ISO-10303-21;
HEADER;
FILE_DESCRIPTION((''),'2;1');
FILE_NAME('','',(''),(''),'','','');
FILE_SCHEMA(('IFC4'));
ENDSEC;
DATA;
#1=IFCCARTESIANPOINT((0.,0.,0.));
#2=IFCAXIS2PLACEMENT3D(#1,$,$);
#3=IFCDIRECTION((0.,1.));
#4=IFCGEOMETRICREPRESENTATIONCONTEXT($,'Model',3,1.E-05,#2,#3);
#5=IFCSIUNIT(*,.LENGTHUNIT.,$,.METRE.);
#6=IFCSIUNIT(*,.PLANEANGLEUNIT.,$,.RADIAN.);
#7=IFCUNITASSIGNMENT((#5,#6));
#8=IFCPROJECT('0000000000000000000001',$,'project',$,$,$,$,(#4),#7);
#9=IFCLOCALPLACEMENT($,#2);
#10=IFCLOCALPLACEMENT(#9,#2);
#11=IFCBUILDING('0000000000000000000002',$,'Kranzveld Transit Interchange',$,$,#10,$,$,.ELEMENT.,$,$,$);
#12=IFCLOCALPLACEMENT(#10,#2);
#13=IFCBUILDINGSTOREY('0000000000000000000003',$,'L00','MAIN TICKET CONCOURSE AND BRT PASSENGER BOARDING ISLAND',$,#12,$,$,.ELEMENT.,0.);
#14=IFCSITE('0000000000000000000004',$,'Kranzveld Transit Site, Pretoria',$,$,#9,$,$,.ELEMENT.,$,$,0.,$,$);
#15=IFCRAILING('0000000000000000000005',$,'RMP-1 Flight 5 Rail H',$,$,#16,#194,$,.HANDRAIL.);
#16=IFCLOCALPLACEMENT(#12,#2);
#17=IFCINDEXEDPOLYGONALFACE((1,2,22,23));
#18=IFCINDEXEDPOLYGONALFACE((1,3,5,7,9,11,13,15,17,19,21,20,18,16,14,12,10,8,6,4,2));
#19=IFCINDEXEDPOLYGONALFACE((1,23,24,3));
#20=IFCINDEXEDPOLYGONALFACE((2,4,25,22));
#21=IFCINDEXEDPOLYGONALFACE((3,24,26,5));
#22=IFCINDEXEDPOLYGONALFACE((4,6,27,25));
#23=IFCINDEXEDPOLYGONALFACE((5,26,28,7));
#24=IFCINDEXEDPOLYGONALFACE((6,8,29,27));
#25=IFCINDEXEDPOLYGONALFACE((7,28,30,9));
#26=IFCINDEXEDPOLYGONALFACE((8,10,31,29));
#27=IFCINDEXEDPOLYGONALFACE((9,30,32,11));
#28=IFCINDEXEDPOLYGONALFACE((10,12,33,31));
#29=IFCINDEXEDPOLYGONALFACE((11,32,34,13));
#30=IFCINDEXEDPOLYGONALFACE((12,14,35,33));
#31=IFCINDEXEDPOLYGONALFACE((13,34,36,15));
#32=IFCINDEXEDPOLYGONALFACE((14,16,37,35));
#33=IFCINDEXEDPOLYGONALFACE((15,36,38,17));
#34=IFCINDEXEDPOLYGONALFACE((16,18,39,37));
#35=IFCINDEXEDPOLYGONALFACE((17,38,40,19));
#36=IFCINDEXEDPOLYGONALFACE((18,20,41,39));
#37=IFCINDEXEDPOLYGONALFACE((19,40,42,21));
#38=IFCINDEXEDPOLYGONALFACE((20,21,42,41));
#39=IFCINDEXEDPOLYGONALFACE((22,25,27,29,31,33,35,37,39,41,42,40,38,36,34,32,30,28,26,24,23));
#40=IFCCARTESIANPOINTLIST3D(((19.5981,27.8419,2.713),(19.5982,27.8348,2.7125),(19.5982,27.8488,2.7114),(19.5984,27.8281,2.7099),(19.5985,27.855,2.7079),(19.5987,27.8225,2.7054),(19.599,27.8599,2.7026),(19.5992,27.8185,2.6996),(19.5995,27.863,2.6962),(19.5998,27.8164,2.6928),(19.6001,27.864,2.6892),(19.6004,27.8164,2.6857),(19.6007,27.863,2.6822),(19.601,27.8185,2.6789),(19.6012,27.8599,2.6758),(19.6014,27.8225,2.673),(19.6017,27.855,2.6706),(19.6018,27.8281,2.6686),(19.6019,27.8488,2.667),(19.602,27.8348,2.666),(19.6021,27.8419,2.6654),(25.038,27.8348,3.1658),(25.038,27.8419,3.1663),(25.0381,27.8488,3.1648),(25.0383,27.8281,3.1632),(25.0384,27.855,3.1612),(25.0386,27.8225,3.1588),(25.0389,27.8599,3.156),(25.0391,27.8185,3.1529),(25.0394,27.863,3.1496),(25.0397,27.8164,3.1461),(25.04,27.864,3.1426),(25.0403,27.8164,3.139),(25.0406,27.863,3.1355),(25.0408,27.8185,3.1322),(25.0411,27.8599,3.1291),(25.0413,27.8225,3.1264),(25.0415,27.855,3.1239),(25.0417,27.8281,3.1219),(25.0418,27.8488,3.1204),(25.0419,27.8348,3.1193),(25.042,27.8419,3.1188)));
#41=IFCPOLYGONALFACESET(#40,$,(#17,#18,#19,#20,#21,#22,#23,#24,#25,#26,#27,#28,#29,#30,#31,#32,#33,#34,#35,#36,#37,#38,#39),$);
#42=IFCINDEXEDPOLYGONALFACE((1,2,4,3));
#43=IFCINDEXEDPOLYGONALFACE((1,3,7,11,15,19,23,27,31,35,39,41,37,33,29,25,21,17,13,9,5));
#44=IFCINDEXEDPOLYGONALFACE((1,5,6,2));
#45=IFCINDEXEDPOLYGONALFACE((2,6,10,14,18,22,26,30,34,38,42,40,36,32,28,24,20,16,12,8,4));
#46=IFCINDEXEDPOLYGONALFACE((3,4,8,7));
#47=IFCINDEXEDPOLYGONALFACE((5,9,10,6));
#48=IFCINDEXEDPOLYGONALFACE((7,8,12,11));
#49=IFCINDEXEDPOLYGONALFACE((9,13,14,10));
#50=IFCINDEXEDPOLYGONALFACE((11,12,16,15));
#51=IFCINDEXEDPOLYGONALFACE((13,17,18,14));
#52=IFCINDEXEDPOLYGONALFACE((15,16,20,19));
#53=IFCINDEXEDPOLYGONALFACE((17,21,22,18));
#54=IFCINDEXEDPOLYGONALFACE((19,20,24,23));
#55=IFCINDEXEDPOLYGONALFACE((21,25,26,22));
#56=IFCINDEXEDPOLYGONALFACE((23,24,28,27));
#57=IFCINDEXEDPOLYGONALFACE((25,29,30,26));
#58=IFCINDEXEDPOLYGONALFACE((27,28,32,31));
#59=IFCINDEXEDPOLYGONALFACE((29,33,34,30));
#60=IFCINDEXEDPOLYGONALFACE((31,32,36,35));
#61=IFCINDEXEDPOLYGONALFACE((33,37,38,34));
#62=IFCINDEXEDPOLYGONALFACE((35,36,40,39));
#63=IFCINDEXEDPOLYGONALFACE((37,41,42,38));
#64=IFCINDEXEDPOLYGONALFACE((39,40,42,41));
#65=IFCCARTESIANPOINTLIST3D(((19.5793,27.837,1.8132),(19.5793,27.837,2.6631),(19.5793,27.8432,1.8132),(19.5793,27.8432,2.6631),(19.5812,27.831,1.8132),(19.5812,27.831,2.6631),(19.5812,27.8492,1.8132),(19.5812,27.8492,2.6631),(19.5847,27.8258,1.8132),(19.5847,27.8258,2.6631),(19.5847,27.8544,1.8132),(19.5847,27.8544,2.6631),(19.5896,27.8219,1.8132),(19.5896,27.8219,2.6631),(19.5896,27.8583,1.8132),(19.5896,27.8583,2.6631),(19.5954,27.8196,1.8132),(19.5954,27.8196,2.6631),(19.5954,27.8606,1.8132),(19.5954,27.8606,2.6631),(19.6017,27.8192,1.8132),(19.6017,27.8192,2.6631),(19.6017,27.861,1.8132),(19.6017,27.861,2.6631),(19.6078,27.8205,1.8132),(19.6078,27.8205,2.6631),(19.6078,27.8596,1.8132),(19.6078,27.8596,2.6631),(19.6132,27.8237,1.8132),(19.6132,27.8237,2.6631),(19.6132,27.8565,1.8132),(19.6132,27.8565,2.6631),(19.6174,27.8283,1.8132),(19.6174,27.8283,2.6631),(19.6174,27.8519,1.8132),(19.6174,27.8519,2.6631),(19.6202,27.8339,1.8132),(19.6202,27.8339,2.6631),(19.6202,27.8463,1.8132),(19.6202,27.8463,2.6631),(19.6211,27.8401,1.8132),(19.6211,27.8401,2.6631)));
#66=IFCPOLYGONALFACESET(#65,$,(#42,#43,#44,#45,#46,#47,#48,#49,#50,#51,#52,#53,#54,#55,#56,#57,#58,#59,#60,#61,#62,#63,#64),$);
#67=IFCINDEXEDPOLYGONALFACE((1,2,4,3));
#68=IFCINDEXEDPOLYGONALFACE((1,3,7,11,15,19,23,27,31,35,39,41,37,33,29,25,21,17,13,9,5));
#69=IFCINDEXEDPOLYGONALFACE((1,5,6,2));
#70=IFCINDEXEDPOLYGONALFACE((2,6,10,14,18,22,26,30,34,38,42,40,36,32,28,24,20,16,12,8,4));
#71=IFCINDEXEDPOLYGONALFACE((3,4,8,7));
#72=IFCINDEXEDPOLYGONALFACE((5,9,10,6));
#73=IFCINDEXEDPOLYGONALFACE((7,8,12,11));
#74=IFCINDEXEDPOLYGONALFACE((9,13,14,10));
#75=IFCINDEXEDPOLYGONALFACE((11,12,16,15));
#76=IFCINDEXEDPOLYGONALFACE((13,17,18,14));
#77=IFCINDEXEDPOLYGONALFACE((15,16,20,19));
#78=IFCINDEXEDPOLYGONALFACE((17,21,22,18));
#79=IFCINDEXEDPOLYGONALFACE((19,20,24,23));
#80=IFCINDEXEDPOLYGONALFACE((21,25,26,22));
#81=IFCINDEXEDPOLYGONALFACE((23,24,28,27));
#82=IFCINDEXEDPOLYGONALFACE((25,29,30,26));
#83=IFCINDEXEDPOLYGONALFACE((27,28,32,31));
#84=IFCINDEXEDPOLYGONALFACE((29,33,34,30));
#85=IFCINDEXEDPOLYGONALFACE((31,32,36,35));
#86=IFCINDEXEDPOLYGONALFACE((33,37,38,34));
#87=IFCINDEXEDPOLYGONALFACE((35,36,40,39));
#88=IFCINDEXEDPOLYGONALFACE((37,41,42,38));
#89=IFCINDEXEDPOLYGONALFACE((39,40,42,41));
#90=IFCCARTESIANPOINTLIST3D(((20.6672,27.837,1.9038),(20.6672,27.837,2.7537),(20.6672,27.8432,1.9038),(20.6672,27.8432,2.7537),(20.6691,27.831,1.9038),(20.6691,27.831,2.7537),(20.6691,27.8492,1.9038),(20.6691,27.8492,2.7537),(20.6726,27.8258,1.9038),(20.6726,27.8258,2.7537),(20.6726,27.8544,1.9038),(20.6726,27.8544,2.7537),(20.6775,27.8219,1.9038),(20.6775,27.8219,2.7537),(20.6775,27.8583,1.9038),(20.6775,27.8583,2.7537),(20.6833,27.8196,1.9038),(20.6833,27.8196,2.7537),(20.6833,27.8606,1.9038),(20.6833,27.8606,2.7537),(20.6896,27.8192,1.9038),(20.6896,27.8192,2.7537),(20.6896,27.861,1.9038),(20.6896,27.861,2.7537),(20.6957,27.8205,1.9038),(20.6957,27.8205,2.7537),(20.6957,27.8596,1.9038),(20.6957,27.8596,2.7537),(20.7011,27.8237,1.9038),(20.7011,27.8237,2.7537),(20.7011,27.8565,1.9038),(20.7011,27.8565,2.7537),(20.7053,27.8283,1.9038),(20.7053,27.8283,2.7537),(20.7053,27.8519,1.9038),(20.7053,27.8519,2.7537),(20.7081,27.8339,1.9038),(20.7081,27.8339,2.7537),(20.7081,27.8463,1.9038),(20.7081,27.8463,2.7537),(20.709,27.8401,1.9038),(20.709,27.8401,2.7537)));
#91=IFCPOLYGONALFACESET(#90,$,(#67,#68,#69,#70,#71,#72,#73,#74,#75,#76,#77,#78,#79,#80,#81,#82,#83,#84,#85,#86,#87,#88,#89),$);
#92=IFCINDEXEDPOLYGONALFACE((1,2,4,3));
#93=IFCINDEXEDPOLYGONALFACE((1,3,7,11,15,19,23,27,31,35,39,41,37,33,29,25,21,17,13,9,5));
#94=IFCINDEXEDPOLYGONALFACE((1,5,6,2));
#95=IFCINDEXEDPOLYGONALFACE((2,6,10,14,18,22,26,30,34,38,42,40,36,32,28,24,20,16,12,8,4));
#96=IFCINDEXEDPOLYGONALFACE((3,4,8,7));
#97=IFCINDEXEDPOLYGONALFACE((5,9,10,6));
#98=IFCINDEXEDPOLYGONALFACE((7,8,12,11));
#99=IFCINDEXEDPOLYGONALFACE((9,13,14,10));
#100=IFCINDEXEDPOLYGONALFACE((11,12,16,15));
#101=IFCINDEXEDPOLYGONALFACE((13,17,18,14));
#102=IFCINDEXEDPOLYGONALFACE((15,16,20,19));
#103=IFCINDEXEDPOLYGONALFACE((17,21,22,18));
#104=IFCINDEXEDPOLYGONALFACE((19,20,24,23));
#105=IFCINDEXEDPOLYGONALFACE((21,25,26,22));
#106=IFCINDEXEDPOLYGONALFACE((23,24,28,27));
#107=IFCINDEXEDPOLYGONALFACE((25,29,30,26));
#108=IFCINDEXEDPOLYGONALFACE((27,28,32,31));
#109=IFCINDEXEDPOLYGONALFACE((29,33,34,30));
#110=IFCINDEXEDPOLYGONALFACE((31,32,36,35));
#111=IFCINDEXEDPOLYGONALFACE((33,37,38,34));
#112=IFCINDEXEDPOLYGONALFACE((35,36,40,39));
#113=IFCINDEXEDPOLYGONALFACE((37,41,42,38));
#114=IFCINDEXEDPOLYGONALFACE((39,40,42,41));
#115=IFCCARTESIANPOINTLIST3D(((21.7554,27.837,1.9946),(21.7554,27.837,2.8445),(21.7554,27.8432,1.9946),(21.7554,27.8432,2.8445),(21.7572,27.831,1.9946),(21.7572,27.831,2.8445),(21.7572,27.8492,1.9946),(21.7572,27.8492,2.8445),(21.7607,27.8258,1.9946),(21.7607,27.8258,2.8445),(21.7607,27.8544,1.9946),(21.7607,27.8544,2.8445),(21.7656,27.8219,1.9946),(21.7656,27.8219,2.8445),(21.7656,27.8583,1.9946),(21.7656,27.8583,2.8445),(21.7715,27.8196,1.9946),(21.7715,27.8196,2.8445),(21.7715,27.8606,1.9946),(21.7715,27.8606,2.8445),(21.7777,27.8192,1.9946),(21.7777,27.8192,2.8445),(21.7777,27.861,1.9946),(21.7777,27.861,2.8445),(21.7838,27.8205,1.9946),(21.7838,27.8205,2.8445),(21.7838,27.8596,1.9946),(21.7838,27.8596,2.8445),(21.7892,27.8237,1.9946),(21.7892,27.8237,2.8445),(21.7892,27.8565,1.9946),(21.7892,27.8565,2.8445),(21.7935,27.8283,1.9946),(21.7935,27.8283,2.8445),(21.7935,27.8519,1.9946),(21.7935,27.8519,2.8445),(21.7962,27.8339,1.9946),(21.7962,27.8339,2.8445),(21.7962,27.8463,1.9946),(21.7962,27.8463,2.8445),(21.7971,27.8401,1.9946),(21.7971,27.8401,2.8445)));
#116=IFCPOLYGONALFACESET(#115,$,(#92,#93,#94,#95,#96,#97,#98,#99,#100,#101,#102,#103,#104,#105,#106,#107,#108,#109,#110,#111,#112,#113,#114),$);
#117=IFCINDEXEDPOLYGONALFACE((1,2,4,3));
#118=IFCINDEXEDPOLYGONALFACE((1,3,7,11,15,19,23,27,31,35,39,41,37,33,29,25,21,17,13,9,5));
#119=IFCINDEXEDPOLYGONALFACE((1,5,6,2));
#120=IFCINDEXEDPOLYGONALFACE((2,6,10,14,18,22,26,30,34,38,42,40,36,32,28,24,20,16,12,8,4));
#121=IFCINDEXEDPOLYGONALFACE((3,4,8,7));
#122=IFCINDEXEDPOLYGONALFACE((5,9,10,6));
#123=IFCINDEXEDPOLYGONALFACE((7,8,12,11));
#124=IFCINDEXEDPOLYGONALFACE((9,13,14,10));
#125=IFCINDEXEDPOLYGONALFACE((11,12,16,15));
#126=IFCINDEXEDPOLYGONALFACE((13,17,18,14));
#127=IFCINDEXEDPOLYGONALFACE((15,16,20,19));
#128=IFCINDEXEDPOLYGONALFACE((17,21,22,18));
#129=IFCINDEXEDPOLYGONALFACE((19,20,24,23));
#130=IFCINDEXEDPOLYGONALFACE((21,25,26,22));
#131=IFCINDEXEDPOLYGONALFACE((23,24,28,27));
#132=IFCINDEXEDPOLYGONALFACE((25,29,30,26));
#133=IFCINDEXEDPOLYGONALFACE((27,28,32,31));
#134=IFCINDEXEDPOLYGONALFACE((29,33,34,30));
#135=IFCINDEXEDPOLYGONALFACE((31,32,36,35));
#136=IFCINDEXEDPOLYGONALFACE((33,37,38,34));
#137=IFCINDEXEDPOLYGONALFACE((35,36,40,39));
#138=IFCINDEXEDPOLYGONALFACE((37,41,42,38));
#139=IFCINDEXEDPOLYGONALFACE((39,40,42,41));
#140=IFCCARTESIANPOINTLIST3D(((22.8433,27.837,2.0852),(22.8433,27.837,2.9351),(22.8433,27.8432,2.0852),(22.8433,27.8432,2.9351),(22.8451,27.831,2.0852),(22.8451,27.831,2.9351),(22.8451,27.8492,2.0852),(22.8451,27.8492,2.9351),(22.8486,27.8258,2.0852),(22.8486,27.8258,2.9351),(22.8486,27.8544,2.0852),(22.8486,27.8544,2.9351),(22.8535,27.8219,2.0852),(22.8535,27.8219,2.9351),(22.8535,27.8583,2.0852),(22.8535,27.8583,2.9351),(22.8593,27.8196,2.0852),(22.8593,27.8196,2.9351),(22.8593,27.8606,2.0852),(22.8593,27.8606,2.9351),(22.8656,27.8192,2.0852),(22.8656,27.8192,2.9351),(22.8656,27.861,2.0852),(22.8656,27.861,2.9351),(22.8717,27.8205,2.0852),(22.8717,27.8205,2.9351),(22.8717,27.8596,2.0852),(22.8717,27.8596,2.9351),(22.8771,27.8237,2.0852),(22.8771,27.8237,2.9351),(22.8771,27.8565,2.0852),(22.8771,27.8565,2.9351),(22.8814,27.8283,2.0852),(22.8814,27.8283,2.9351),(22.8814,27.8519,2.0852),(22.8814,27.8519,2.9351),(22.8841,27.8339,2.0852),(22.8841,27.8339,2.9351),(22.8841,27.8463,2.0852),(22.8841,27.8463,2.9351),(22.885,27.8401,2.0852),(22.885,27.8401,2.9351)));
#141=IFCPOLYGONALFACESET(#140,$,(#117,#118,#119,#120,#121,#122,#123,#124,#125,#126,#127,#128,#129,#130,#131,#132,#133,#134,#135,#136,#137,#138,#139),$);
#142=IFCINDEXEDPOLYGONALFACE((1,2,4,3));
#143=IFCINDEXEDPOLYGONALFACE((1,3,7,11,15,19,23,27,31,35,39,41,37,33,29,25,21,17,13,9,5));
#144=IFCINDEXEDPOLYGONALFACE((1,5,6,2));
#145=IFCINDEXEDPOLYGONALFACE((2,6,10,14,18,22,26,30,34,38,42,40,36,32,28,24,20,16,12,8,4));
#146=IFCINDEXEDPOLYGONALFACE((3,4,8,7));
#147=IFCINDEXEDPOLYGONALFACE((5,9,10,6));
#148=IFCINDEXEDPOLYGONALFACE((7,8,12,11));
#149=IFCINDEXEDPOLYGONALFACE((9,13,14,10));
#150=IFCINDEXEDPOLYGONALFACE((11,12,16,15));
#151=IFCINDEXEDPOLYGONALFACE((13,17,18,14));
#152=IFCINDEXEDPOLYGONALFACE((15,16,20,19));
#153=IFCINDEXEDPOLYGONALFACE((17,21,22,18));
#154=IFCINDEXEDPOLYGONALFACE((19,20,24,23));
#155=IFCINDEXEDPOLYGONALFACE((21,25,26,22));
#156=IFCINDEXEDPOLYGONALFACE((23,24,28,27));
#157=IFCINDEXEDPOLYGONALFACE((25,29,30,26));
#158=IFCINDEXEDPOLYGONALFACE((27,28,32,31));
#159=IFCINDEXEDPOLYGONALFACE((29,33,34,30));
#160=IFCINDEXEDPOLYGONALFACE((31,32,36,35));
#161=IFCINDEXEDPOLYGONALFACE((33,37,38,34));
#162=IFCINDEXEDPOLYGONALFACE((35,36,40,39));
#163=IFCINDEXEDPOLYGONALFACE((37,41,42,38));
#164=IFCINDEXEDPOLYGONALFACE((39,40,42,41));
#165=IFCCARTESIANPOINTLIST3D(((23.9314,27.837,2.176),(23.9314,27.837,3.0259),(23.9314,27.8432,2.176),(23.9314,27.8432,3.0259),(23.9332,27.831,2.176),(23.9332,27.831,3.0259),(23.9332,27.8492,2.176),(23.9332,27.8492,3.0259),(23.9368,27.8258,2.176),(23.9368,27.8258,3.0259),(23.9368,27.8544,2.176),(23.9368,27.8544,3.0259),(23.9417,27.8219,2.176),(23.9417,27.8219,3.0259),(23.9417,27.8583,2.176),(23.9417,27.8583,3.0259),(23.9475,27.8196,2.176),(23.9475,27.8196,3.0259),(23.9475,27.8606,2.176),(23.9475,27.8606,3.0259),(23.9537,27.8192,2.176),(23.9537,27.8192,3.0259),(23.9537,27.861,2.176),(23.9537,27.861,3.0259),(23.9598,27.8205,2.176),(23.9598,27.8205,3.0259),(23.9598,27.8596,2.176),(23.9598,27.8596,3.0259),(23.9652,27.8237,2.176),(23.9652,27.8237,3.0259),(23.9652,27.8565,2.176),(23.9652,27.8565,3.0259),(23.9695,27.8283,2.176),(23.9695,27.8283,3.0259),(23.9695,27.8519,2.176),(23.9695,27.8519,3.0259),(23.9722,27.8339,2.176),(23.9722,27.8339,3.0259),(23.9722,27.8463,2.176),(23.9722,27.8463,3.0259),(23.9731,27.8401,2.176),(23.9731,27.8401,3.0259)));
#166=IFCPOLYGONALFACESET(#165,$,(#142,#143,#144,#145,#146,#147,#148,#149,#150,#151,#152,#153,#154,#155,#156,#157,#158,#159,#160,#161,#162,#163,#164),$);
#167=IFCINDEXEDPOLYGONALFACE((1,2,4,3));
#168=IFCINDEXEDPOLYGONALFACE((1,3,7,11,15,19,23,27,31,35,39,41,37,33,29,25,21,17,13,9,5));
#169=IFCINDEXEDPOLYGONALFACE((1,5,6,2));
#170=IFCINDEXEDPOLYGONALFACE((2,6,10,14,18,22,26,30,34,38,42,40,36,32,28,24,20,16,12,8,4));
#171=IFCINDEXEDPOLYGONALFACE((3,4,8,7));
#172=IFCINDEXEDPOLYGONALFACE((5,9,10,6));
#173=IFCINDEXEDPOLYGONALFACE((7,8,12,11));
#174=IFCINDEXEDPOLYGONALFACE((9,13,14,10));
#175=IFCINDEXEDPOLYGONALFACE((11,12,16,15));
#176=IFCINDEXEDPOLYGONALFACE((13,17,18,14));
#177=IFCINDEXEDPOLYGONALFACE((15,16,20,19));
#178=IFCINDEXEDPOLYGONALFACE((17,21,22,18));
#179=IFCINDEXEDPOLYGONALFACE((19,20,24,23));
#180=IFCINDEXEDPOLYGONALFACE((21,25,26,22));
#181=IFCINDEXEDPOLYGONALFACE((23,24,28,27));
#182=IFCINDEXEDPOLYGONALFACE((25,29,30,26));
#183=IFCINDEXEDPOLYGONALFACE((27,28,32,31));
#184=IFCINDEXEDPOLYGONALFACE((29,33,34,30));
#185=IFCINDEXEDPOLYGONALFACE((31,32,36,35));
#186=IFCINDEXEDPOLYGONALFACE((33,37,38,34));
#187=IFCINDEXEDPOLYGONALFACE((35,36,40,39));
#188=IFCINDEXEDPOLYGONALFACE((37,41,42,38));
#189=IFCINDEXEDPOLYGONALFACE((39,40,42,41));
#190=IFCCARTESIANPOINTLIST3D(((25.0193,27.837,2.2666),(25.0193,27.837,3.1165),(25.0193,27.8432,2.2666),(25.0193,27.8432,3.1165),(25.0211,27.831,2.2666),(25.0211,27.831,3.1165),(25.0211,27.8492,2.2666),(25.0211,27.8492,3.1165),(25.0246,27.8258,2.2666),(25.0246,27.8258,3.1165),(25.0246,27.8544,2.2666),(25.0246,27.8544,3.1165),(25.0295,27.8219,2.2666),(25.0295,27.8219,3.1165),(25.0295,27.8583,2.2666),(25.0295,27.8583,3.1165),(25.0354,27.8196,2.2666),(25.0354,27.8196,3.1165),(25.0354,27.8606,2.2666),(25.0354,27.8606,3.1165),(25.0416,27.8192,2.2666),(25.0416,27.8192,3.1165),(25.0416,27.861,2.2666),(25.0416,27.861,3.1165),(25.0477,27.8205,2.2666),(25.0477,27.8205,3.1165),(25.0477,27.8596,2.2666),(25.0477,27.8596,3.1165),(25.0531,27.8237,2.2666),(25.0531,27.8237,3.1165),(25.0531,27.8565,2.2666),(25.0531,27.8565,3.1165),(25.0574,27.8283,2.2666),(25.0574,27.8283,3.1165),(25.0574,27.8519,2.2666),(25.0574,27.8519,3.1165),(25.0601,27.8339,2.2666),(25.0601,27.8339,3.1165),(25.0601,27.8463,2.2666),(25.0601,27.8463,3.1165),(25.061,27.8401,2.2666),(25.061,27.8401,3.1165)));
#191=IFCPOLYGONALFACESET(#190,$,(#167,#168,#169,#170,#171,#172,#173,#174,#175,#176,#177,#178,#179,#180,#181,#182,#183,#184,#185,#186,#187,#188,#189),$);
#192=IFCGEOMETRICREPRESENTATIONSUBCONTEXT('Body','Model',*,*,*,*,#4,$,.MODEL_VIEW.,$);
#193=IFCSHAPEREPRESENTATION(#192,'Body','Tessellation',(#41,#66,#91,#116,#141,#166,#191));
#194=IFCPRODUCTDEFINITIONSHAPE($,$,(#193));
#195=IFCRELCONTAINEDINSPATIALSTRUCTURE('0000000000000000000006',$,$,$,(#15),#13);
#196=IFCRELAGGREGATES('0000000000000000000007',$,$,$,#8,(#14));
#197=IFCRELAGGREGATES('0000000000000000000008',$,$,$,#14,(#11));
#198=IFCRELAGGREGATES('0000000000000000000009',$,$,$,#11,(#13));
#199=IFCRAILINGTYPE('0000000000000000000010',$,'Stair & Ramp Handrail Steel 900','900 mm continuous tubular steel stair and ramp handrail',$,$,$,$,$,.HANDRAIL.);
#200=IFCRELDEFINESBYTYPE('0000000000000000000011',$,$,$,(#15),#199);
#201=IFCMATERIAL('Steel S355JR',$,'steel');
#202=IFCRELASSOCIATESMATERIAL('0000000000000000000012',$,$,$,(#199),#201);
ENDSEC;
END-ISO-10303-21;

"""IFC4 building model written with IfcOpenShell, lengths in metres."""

from ifc_helpers import new_model, si_unit, direction, frame, origin, origin_2d, place, context, subcontext, project, spatial, circle, extrude, material, type_object, element, save


model = new_model("IFC4")

# Units and contexts
model_context = context("Model", 3, precision=1e-05, world=origin(), true_north=direction((0.0, 1.0)))
body_context = subcontext(model_context, "Body", "Model", "MODEL_VIEW")
ifc_project = project(units=[si_unit("LENGTHUNIT", "METRE"), si_unit("PLANEANGLEUNIT", "RADIAN")], contexts=[model_context])

# Site, building, storey
site_placement = place(None, origin())
site = spatial("IfcSite", under=ifc_project, at=site_placement, Name="Kranzveld Transit Site, Pretoria", CompositionType="ELEMENT", RefElevation=0.0)
building_placement = place(site_placement, origin())
building = spatial("IfcBuilding", under=site, at=building_placement, Name="Kranzveld Transit Interchange", CompositionType="ELEMENT")
storey_placement = place(building_placement, origin())
storey = spatial("IfcBuildingStorey", under=building, at=storey_placement, Name="L00", Description="MAIN TICKET CONCOURSE AND BRT PASSENGER BOARDING ISLAND", CompositionType="ELEMENT", Elevation=0.0)

# Railing
ifc_material_1 = material(Name="Steel S355JR", Category="steel")
railing_type_1 = type_object("IfcRailingType", Name="Stair & Ramp Handrail Steel 900", Description="900 mm continuous tubular steel stair and ramp handrail", PredefinedType="HANDRAIL", material=ifc_material_1)
for number, where, name in (
    (1, (19.6001, 27.8401, 1.8132), "RMP-1 Flight 5 Rail H"),
):
    element("IfcRailing", number, at=place(storey_placement, frame(where)), inside=storey, type_object=railing_type_1, Name=name, PredefinedType="HANDRAIL", context=body_context, shape_type="SweptSolid", body=[
        extrude(circle(Radius=0.0239, at=origin_2d()), frame((0.0, 0.0, 0.876), z_axis=(0.996545, 0.0, 0.083053), x_axis=(0.0, 1.0, 0.0)), (0.0, 0.0, 1.0), 5.4587),
        extrude(circle(Radius=0.021, at=origin_2d()), origin(), (0.0, 0.0, 1.0), 0.8499),
        extrude(circle(Radius=0.021, at=origin_2d()), frame((1.0879, 0.0, 0.0906)), (0.0, 0.0, 1.0), 0.8499),
        extrude(circle(Radius=0.021, at=origin_2d()), frame((2.176, 0.0, 0.1814)), (0.0, 0.0, 1.0), 0.8499),
        extrude(circle(Radius=0.021, at=origin_2d()), frame((3.2639, 0.0, 0.272)), (0.0, 0.0, 1.0), 0.8499),
        extrude(circle(Radius=0.021, at=origin_2d()), frame((4.3521, 0.0, 0.3628)), (0.0, 0.0, 1.0), 0.8499),
        extrude(circle(Radius=0.021, at=origin_2d()), frame((5.4399, 0.0, 0.4534)), (0.0, 0.0, 1.0), 0.8499),
    ])

save(model, "model.ifc")
